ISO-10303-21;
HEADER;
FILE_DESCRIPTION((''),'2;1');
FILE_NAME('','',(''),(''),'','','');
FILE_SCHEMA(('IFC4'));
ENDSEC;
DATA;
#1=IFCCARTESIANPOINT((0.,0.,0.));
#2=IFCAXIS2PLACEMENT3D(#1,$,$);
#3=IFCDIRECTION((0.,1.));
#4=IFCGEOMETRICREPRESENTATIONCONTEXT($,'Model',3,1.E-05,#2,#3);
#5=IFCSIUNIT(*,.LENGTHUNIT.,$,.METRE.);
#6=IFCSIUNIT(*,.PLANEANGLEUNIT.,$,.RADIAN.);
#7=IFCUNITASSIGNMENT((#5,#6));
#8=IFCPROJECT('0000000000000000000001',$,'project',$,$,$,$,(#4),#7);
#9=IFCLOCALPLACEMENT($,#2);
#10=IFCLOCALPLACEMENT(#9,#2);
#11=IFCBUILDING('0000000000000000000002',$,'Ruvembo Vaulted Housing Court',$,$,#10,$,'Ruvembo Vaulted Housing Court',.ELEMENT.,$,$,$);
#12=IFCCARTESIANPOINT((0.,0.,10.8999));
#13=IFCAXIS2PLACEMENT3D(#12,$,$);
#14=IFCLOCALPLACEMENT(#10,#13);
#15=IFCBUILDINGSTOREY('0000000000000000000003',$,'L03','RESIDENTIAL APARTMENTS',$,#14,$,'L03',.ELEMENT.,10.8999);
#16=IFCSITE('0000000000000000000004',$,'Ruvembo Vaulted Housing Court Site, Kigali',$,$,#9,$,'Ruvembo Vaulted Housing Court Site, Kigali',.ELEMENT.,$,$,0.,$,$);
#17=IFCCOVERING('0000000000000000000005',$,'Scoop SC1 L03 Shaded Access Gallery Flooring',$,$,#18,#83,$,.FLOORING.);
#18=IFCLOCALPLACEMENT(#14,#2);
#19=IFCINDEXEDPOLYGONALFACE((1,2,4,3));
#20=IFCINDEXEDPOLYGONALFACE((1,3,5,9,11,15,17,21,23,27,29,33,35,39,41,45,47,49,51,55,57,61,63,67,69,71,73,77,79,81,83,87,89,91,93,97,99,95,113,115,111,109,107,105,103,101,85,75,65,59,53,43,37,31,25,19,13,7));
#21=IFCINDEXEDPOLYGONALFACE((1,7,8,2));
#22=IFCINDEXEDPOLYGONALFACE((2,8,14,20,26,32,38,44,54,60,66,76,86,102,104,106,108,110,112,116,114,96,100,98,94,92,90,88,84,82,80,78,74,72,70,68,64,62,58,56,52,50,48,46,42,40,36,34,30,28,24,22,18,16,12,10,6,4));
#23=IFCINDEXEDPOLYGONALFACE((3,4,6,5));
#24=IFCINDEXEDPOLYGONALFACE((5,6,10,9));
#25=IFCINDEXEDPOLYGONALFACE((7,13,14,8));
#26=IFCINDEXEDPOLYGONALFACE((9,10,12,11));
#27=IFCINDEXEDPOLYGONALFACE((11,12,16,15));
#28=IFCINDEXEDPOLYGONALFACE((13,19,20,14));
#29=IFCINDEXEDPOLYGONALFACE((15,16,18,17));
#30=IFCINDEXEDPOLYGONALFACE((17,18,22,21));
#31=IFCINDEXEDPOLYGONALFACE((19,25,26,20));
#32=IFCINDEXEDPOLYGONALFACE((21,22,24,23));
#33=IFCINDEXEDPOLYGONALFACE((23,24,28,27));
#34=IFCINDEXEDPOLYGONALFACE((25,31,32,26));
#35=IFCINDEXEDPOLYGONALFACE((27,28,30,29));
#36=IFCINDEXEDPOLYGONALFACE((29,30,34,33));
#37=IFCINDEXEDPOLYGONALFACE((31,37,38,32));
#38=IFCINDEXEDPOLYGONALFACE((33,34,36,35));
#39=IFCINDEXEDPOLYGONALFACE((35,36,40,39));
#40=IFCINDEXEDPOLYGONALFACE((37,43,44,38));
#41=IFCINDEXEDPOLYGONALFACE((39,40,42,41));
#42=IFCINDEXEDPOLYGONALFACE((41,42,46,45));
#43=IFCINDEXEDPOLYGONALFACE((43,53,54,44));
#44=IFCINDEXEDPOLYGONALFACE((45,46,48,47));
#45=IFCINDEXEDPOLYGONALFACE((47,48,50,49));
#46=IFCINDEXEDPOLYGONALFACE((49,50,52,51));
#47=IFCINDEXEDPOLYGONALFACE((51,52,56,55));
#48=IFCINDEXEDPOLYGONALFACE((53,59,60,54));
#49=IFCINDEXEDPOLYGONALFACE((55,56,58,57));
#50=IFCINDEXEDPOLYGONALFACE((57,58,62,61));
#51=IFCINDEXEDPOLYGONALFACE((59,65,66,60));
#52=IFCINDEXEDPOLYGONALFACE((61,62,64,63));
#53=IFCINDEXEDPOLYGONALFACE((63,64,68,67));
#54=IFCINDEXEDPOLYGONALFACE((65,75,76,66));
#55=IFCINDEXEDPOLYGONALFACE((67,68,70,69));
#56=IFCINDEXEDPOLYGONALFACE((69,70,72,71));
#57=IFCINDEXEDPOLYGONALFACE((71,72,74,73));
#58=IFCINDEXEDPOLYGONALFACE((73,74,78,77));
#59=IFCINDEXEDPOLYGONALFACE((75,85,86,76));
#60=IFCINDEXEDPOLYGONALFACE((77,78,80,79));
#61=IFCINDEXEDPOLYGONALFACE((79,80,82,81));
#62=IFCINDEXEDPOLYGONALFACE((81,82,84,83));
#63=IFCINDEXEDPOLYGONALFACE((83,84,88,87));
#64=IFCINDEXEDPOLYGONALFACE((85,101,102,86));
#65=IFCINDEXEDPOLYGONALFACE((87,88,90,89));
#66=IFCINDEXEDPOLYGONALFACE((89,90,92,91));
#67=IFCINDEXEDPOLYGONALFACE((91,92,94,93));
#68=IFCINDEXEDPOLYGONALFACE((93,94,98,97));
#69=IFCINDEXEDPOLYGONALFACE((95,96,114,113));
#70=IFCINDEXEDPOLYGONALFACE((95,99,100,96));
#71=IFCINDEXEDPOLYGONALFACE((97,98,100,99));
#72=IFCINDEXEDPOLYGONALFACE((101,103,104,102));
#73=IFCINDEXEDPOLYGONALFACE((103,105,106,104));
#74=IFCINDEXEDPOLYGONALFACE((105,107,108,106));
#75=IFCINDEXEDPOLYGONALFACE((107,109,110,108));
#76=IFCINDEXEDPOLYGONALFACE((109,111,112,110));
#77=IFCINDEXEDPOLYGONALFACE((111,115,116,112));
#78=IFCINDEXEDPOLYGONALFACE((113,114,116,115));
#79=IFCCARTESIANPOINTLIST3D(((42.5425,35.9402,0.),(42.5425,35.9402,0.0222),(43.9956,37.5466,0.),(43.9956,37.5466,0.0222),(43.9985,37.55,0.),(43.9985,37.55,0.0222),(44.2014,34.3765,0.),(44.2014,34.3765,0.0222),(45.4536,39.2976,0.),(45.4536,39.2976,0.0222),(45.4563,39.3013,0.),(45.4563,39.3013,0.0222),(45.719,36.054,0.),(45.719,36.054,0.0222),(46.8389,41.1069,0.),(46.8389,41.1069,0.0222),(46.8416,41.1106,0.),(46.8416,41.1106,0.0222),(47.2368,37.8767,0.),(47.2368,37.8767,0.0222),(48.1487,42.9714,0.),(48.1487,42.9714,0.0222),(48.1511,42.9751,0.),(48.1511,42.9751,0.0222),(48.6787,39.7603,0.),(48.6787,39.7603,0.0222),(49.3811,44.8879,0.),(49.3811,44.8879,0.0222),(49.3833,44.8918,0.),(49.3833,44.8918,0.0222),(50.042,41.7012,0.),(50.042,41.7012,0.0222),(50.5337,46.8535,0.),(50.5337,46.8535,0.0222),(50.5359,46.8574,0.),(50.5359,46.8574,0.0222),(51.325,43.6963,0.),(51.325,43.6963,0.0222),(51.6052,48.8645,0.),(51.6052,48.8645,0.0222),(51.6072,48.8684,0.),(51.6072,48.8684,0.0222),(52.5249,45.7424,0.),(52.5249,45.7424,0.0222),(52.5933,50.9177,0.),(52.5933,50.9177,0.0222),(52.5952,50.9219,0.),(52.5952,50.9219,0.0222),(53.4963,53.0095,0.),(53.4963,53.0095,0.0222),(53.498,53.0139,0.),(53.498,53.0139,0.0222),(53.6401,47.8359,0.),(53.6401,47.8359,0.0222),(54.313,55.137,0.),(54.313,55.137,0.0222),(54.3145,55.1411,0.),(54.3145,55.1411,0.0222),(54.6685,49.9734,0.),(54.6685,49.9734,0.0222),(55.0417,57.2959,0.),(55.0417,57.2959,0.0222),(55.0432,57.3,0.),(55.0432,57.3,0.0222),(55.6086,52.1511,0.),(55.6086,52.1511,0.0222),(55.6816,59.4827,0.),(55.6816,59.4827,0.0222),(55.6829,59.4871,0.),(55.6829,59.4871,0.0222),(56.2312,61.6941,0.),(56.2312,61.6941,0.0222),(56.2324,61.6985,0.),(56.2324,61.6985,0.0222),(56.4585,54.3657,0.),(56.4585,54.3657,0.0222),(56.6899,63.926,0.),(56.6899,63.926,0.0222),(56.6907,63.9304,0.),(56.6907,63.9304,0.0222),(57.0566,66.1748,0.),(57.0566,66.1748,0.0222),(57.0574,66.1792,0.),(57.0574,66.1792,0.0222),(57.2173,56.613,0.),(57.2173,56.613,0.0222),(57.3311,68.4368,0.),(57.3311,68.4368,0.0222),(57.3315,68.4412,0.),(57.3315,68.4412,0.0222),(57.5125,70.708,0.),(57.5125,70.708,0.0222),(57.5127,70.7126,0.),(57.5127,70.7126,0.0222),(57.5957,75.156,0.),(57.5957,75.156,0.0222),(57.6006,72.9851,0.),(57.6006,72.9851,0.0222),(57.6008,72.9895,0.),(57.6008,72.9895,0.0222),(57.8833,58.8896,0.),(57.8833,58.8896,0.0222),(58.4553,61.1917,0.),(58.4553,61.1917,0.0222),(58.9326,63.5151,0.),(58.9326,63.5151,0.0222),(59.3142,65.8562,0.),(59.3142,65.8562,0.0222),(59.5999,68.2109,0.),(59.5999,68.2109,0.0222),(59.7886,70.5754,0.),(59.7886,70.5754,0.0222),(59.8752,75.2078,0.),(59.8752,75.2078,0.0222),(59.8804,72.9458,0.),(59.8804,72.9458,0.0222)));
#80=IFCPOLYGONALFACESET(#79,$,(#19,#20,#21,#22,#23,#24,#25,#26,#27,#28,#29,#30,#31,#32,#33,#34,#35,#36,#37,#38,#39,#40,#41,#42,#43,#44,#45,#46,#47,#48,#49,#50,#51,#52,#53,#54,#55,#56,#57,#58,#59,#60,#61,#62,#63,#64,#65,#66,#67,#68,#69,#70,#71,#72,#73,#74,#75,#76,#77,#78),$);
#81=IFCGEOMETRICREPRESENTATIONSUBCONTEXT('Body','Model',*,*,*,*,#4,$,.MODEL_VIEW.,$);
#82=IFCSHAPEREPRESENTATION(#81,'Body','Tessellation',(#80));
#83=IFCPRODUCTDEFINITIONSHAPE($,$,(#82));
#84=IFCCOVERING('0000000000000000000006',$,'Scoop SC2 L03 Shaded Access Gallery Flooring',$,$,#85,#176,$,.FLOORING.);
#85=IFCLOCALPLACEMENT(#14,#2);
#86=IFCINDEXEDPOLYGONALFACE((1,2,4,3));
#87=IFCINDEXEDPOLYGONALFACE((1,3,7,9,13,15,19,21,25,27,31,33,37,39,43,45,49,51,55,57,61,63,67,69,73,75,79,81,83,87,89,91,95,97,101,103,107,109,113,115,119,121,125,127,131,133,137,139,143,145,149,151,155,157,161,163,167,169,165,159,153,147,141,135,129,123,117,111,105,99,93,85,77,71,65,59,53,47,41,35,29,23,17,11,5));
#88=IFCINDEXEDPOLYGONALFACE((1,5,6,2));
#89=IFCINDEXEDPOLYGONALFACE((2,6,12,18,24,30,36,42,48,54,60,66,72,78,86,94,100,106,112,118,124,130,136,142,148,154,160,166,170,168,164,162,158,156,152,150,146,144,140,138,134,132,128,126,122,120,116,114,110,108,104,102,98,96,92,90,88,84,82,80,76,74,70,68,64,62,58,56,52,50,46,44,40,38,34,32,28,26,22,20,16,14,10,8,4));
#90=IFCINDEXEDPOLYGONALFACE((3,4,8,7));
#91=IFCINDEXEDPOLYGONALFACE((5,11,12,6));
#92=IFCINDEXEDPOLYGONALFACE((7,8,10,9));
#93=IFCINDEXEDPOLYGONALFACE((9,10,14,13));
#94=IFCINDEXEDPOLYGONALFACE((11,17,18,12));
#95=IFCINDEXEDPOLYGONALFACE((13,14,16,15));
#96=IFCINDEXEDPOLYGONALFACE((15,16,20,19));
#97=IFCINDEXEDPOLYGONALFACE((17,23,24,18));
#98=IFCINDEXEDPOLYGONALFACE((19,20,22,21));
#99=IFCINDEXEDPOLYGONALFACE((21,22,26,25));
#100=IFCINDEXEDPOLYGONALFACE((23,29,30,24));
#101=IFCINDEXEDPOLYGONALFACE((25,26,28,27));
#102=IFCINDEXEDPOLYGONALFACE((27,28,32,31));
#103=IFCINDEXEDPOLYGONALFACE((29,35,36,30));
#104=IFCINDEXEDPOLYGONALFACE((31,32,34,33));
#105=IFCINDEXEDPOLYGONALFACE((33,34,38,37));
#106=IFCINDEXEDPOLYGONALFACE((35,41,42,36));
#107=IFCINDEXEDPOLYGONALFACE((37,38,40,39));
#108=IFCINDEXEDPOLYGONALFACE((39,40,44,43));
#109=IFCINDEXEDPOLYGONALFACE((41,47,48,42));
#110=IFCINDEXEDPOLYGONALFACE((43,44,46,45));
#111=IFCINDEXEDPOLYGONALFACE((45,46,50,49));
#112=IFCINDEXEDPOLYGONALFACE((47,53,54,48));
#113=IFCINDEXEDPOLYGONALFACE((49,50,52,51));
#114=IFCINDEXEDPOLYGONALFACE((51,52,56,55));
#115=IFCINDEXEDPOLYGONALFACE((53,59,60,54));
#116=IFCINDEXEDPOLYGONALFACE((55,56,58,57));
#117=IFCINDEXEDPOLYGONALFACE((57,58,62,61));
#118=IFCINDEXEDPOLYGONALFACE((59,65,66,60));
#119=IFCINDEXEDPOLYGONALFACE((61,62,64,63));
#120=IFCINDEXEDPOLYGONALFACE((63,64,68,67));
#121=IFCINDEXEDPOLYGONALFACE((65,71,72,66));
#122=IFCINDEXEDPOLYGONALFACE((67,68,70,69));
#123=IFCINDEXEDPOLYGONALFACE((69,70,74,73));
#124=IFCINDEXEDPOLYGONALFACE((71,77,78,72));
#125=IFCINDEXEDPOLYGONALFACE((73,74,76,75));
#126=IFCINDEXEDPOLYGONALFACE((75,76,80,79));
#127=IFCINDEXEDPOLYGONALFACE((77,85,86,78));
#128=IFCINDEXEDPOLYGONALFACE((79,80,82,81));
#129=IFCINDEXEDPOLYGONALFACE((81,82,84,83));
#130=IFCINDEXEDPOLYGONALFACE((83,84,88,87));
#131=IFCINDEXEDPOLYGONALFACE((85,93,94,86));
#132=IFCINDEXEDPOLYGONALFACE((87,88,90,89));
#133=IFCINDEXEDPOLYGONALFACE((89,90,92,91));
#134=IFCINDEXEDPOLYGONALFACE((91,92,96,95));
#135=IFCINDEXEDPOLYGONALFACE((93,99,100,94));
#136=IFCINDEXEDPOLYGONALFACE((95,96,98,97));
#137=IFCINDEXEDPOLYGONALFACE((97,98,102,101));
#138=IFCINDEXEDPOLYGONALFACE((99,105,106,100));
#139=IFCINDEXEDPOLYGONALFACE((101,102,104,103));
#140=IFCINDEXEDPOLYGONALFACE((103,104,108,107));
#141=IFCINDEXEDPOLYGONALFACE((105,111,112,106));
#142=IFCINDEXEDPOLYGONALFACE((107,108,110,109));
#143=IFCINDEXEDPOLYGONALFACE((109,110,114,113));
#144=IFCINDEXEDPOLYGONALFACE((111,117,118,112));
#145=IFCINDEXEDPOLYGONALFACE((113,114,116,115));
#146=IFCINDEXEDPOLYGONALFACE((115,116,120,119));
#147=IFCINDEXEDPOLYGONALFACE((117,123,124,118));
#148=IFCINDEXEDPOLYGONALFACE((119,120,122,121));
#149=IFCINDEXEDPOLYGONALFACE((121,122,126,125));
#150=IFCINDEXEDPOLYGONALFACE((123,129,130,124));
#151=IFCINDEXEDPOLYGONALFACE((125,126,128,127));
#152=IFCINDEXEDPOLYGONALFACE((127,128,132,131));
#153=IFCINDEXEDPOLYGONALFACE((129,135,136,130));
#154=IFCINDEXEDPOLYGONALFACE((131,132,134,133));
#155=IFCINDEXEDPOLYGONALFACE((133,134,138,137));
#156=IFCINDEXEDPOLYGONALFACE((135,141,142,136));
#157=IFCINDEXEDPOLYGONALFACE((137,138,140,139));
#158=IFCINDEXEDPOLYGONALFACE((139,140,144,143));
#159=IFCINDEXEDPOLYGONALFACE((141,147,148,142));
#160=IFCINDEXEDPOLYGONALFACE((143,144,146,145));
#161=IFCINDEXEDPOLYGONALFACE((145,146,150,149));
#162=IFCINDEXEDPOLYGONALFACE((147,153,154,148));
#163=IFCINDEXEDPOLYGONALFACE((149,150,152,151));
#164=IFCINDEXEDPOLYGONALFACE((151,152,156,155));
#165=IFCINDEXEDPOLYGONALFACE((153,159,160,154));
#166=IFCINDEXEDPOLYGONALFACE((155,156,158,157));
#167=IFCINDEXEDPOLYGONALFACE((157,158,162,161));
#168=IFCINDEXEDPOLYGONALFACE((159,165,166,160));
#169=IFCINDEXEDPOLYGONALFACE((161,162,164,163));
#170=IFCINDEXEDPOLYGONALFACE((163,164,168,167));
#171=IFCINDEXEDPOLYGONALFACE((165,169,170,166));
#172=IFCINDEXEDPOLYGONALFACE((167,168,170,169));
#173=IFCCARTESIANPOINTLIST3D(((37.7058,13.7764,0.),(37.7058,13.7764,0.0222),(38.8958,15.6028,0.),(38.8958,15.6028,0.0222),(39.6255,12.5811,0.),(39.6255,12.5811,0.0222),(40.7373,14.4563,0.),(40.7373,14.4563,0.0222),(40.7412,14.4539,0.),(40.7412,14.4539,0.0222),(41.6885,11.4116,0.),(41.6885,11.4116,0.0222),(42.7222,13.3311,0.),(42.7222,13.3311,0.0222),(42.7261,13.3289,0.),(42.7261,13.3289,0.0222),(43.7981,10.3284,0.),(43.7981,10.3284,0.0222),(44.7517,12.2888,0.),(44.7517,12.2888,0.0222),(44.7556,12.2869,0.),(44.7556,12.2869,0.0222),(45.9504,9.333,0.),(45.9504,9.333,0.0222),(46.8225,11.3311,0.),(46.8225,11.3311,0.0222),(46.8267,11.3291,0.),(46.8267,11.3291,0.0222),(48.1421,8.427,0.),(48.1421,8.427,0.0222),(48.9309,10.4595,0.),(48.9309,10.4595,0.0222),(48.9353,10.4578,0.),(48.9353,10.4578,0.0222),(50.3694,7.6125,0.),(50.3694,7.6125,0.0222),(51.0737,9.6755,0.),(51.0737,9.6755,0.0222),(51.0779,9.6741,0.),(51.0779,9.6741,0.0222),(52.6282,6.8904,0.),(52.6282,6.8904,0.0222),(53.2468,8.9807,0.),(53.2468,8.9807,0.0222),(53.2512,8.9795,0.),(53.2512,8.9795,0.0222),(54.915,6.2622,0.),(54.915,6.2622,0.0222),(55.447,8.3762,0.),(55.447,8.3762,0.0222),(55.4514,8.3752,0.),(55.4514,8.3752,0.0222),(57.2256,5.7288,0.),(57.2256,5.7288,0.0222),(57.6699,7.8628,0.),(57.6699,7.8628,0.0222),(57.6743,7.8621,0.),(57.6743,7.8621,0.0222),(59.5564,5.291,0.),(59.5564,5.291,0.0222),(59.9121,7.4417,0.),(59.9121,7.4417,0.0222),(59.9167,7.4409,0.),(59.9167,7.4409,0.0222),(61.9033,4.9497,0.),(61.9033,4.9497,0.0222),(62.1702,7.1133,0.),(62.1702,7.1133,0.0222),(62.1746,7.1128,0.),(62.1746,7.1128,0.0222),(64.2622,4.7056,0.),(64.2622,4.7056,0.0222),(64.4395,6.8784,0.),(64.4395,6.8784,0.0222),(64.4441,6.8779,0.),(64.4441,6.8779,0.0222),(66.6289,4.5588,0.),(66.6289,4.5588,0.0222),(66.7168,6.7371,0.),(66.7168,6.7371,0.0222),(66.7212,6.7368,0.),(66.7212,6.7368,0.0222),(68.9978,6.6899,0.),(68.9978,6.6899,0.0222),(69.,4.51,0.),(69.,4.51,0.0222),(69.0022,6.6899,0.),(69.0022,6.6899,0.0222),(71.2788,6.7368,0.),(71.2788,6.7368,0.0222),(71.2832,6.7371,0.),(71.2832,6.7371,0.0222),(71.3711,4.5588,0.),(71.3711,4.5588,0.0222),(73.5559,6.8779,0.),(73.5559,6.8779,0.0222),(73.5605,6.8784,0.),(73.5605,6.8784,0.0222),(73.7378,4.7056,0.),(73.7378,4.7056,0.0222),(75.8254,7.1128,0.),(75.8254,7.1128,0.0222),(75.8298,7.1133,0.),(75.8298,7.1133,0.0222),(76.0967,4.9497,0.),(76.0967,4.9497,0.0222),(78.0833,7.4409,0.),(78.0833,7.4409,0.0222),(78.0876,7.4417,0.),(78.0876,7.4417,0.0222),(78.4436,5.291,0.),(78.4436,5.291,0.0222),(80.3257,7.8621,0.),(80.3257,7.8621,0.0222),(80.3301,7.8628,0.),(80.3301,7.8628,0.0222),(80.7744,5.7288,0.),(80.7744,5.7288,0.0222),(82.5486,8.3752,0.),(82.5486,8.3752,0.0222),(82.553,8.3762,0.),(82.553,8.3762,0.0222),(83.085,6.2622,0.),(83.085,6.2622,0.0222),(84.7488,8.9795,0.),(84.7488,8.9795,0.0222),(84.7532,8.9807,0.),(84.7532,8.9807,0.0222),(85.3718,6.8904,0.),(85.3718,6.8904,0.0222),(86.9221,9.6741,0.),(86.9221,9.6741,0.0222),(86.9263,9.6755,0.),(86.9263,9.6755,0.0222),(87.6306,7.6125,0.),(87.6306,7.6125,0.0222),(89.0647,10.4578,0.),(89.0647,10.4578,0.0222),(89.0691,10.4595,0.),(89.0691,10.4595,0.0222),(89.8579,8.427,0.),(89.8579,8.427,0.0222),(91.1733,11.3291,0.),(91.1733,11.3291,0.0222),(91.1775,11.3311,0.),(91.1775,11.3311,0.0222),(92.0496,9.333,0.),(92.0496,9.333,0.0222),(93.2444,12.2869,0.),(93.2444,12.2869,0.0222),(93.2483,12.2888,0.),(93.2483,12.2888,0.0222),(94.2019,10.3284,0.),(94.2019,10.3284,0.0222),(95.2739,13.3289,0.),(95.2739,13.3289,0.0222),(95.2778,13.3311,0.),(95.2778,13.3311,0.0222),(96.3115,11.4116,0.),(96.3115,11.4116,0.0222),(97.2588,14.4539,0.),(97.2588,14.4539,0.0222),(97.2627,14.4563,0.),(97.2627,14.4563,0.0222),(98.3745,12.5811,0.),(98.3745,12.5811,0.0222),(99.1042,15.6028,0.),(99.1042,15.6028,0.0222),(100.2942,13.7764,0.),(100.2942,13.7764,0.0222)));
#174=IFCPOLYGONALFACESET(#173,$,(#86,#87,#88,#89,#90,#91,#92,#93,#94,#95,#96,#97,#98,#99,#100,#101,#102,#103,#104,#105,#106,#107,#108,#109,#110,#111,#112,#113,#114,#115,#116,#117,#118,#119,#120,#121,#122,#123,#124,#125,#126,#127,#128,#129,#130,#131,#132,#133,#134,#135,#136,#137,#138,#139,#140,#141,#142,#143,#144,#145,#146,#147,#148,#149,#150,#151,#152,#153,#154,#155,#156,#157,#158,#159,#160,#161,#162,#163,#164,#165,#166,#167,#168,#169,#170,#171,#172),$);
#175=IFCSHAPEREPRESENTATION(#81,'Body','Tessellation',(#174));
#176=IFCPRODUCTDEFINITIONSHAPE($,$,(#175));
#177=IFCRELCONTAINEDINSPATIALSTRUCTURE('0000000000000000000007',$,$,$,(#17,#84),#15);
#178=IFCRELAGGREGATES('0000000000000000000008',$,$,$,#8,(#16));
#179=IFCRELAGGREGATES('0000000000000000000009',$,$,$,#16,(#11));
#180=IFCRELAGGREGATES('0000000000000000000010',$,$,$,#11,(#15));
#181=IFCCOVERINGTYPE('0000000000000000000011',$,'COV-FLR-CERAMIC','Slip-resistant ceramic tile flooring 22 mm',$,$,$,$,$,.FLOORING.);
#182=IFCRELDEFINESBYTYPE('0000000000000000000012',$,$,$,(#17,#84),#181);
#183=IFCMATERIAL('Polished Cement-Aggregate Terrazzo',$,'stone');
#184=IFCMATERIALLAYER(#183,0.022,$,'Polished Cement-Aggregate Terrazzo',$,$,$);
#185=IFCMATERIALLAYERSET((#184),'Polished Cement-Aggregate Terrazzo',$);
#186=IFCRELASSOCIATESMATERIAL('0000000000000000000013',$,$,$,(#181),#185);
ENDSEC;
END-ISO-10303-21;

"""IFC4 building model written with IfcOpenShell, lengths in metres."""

from ifc_helpers import new_model, si_unit, direction, frame, origin, place, context, subcontext, project, spatial, polyline, outline, extrude, material, layer, layer_set, type_object, element, save


model = new_model("IFC4")

# Units and contexts
model_context = context("Model", 3, precision=1e-05, world=origin(), true_north=direction((0.0, 1.0)))
body_context = subcontext(model_context, "Body", "Model", "MODEL_VIEW")
ifc_project = project(units=[si_unit("LENGTHUNIT", "METRE"), si_unit("PLANEANGLEUNIT", "RADIAN")], contexts=[model_context])

# Site, building, storey
site_placement = place(None, origin())
site = spatial("IfcSite", under=ifc_project, at=site_placement, Name="Ruvembo Vaulted Housing Court Site, Kigali", LongName="Ruvembo Vaulted Housing Court Site, Kigali", CompositionType="ELEMENT", RefElevation=0.0)
building_placement = place(site_placement, origin())
building = spatial("IfcBuilding", under=site, at=building_placement, Name="Ruvembo Vaulted Housing Court", LongName="Ruvembo Vaulted Housing Court", CompositionType="ELEMENT")
storey_placement = place(building_placement, frame((0.0, 0.0, 10.8999)))
storey = spatial("IfcBuildingStorey", under=building, at=storey_placement, Name="L03", Description="RESIDENTIAL APARTMENTS", LongName="L03", CompositionType="ELEMENT", Elevation=10.8999)

# Coverings
ifc_material_1 = material(Name="Polished Cement-Aggregate Terrazzo", Category="stone")
ifc_layer_1 = layer(ifc_material_1, 0.022, Name="Polished Cement-Aggregate Terrazzo")
ifc_layer_set_1 = layer_set([ifc_layer_1], Name="Polished Cement-Aggregate Terrazzo")
covering_type_1 = type_object("IfcCoveringType", Name="COV-FLR-CERAMIC", Description="Slip-resistant ceramic tile flooring 22 mm", PredefinedType="FLOORING", material=ifc_layer_set_1)
covering_1_placement = place(storey_placement, origin())
element("IfcCovering", 1, at=covering_1_placement, inside=storey, type_object=covering_type_1, Name="Scoop SC1 L03 Shaded Access Gallery Flooring", PredefinedType="FLOORING", context=body_context, shape_type="SweptSolid", body=[
    extrude(outline(polyline([(44.2014, 34.3765), (45.719, 36.054), (47.2368, 37.8767), (48.6787, 39.7603), (50.042, 41.7012), (51.325, 43.6963), (52.5249, 45.7424), (53.6401, 47.8359), (54.6685, 49.9734), (55.6086, 52.1511), (56.4585, 54.3657), (57.2173, 56.613), (57.8833, 58.8896), (58.4553, 61.1917), (58.9326, 63.5151), (59.3142, 65.8562), (59.5999, 68.2109), (59.7886, 70.5754), (59.8804, 72.9458), (59.8752, 75.2078), (57.5957, 75.156), (57.6008, 72.9895), (57.6006, 72.9851), (57.5127, 70.7126), (57.5125, 70.708), (57.3315, 68.4412), (57.3311, 68.4368), (57.0574, 66.1792), (57.0566, 66.1748), (56.6907, 63.9304), (56.6899, 63.926), (56.2324, 61.6985), (56.2312, 61.6941), (55.6829, 59.4871), (55.6816, 59.4827), (55.0432, 57.3), (55.0417, 57.2959), (54.3145, 55.1411), (54.313, 55.137), (53.498, 53.0139), (53.4963, 53.0095), (52.5952, 50.9219), (52.5933, 50.9177), (51.6072, 48.8684), (51.6052, 48.8645), (50.5359, 46.8574), (50.5337, 46.8535), (49.3833, 44.8918), (49.3811, 44.8879), (48.1511, 42.9751), (48.1487, 42.9714), (46.8416, 41.1106), (46.8389, 41.1069), (45.4563, 39.3013), (45.4536, 39.2976), (43.9985, 37.55), (43.9956, 37.5466), (42.5425, 35.9402), (44.2014, 34.3765)])), origin(), (0.0, 0.0, 1.0), 0.0222),
])
covering_2_placement = place(storey_placement, origin())
element("IfcCovering", 2, at=covering_2_placement, inside=storey, type_object=covering_type_1, Name="Scoop SC2 L03 Shaded Access Gallery Flooring", PredefinedType="FLOORING", context=body_context, shape_type="SweptSolid", body=[
    extrude(outline(polyline([(37.7058, 13.7764), (39.6255, 12.5811), (41.6885, 11.4116), (43.7981, 10.3284), (45.9504, 9.333), (48.1421, 8.427), (50.3694, 7.6125), (52.6282, 6.8904), (54.915, 6.2622), (57.2256, 5.7288), (59.5564, 5.291), (61.9033, 4.9497), (64.2622, 4.7056), (66.6289, 4.5588), (69.0, 4.51), (71.3711, 4.5588), (73.7378, 4.7056), (76.0967, 4.9497), (78.4436, 5.291), (80.7744, 5.7288), (83.085, 6.2622), (85.3718, 6.8904), (87.6306, 7.6125), (89.8579, 8.427), (92.0496, 9.333), (94.2019, 10.3284), (96.3115, 11.4116), (98.3745, 12.5811), (100.2942, 13.7764), (99.1042, 15.6028), (97.2627, 14.4563), (97.2588, 14.4539), (95.2778, 13.3311), (95.2739, 13.3289), (93.2483, 12.2888), (93.2444, 12.2869), (91.1775, 11.3311), (91.1733, 11.3291), (89.0691, 10.4595), (89.0647, 10.4578), (86.9263, 9.6755), (86.9221, 9.6741), (84.7532, 8.9807), (84.7488, 8.9795), (82.553, 8.3762), (82.5486, 8.3752), (80.3301, 7.8628), (80.3257, 7.8621), (78.0876, 7.4417), (78.0833, 7.4409), (75.8298, 7.1133), (75.8254, 7.1128), (73.5605, 6.8784), (73.5559, 6.8779), (71.2832, 6.7371), (71.2788, 6.7368), (69.0022, 6.6899), (68.9978, 6.6899), (66.7212, 6.7368), (66.7168, 6.7371), (64.4441, 6.8779), (64.4395, 6.8784), (62.1746, 7.1128), (62.1702, 7.1133), (59.9167, 7.4409), (59.9121, 7.4417), (57.6743, 7.8621), (57.6699, 7.8628), (55.4514, 8.3752), (55.447, 8.3762), (53.2512, 8.9795), (53.2468, 8.9807), (51.0779, 9.6741), (51.0737, 9.6755), (48.9353, 10.4578), (48.9309, 10.4595), (46.8267, 11.3291), (46.8225, 11.3311), (44.7556, 12.2869), (44.7517, 12.2888), (42.7261, 13.3289), (42.7222, 13.3311), (40.7412, 14.4539), (40.7373, 14.4563), (38.8958, 15.6028), (37.7058, 13.7764)])), origin(), (0.0, 0.0, 1.0), 0.0222),
])

save(model, "model.ifc")
